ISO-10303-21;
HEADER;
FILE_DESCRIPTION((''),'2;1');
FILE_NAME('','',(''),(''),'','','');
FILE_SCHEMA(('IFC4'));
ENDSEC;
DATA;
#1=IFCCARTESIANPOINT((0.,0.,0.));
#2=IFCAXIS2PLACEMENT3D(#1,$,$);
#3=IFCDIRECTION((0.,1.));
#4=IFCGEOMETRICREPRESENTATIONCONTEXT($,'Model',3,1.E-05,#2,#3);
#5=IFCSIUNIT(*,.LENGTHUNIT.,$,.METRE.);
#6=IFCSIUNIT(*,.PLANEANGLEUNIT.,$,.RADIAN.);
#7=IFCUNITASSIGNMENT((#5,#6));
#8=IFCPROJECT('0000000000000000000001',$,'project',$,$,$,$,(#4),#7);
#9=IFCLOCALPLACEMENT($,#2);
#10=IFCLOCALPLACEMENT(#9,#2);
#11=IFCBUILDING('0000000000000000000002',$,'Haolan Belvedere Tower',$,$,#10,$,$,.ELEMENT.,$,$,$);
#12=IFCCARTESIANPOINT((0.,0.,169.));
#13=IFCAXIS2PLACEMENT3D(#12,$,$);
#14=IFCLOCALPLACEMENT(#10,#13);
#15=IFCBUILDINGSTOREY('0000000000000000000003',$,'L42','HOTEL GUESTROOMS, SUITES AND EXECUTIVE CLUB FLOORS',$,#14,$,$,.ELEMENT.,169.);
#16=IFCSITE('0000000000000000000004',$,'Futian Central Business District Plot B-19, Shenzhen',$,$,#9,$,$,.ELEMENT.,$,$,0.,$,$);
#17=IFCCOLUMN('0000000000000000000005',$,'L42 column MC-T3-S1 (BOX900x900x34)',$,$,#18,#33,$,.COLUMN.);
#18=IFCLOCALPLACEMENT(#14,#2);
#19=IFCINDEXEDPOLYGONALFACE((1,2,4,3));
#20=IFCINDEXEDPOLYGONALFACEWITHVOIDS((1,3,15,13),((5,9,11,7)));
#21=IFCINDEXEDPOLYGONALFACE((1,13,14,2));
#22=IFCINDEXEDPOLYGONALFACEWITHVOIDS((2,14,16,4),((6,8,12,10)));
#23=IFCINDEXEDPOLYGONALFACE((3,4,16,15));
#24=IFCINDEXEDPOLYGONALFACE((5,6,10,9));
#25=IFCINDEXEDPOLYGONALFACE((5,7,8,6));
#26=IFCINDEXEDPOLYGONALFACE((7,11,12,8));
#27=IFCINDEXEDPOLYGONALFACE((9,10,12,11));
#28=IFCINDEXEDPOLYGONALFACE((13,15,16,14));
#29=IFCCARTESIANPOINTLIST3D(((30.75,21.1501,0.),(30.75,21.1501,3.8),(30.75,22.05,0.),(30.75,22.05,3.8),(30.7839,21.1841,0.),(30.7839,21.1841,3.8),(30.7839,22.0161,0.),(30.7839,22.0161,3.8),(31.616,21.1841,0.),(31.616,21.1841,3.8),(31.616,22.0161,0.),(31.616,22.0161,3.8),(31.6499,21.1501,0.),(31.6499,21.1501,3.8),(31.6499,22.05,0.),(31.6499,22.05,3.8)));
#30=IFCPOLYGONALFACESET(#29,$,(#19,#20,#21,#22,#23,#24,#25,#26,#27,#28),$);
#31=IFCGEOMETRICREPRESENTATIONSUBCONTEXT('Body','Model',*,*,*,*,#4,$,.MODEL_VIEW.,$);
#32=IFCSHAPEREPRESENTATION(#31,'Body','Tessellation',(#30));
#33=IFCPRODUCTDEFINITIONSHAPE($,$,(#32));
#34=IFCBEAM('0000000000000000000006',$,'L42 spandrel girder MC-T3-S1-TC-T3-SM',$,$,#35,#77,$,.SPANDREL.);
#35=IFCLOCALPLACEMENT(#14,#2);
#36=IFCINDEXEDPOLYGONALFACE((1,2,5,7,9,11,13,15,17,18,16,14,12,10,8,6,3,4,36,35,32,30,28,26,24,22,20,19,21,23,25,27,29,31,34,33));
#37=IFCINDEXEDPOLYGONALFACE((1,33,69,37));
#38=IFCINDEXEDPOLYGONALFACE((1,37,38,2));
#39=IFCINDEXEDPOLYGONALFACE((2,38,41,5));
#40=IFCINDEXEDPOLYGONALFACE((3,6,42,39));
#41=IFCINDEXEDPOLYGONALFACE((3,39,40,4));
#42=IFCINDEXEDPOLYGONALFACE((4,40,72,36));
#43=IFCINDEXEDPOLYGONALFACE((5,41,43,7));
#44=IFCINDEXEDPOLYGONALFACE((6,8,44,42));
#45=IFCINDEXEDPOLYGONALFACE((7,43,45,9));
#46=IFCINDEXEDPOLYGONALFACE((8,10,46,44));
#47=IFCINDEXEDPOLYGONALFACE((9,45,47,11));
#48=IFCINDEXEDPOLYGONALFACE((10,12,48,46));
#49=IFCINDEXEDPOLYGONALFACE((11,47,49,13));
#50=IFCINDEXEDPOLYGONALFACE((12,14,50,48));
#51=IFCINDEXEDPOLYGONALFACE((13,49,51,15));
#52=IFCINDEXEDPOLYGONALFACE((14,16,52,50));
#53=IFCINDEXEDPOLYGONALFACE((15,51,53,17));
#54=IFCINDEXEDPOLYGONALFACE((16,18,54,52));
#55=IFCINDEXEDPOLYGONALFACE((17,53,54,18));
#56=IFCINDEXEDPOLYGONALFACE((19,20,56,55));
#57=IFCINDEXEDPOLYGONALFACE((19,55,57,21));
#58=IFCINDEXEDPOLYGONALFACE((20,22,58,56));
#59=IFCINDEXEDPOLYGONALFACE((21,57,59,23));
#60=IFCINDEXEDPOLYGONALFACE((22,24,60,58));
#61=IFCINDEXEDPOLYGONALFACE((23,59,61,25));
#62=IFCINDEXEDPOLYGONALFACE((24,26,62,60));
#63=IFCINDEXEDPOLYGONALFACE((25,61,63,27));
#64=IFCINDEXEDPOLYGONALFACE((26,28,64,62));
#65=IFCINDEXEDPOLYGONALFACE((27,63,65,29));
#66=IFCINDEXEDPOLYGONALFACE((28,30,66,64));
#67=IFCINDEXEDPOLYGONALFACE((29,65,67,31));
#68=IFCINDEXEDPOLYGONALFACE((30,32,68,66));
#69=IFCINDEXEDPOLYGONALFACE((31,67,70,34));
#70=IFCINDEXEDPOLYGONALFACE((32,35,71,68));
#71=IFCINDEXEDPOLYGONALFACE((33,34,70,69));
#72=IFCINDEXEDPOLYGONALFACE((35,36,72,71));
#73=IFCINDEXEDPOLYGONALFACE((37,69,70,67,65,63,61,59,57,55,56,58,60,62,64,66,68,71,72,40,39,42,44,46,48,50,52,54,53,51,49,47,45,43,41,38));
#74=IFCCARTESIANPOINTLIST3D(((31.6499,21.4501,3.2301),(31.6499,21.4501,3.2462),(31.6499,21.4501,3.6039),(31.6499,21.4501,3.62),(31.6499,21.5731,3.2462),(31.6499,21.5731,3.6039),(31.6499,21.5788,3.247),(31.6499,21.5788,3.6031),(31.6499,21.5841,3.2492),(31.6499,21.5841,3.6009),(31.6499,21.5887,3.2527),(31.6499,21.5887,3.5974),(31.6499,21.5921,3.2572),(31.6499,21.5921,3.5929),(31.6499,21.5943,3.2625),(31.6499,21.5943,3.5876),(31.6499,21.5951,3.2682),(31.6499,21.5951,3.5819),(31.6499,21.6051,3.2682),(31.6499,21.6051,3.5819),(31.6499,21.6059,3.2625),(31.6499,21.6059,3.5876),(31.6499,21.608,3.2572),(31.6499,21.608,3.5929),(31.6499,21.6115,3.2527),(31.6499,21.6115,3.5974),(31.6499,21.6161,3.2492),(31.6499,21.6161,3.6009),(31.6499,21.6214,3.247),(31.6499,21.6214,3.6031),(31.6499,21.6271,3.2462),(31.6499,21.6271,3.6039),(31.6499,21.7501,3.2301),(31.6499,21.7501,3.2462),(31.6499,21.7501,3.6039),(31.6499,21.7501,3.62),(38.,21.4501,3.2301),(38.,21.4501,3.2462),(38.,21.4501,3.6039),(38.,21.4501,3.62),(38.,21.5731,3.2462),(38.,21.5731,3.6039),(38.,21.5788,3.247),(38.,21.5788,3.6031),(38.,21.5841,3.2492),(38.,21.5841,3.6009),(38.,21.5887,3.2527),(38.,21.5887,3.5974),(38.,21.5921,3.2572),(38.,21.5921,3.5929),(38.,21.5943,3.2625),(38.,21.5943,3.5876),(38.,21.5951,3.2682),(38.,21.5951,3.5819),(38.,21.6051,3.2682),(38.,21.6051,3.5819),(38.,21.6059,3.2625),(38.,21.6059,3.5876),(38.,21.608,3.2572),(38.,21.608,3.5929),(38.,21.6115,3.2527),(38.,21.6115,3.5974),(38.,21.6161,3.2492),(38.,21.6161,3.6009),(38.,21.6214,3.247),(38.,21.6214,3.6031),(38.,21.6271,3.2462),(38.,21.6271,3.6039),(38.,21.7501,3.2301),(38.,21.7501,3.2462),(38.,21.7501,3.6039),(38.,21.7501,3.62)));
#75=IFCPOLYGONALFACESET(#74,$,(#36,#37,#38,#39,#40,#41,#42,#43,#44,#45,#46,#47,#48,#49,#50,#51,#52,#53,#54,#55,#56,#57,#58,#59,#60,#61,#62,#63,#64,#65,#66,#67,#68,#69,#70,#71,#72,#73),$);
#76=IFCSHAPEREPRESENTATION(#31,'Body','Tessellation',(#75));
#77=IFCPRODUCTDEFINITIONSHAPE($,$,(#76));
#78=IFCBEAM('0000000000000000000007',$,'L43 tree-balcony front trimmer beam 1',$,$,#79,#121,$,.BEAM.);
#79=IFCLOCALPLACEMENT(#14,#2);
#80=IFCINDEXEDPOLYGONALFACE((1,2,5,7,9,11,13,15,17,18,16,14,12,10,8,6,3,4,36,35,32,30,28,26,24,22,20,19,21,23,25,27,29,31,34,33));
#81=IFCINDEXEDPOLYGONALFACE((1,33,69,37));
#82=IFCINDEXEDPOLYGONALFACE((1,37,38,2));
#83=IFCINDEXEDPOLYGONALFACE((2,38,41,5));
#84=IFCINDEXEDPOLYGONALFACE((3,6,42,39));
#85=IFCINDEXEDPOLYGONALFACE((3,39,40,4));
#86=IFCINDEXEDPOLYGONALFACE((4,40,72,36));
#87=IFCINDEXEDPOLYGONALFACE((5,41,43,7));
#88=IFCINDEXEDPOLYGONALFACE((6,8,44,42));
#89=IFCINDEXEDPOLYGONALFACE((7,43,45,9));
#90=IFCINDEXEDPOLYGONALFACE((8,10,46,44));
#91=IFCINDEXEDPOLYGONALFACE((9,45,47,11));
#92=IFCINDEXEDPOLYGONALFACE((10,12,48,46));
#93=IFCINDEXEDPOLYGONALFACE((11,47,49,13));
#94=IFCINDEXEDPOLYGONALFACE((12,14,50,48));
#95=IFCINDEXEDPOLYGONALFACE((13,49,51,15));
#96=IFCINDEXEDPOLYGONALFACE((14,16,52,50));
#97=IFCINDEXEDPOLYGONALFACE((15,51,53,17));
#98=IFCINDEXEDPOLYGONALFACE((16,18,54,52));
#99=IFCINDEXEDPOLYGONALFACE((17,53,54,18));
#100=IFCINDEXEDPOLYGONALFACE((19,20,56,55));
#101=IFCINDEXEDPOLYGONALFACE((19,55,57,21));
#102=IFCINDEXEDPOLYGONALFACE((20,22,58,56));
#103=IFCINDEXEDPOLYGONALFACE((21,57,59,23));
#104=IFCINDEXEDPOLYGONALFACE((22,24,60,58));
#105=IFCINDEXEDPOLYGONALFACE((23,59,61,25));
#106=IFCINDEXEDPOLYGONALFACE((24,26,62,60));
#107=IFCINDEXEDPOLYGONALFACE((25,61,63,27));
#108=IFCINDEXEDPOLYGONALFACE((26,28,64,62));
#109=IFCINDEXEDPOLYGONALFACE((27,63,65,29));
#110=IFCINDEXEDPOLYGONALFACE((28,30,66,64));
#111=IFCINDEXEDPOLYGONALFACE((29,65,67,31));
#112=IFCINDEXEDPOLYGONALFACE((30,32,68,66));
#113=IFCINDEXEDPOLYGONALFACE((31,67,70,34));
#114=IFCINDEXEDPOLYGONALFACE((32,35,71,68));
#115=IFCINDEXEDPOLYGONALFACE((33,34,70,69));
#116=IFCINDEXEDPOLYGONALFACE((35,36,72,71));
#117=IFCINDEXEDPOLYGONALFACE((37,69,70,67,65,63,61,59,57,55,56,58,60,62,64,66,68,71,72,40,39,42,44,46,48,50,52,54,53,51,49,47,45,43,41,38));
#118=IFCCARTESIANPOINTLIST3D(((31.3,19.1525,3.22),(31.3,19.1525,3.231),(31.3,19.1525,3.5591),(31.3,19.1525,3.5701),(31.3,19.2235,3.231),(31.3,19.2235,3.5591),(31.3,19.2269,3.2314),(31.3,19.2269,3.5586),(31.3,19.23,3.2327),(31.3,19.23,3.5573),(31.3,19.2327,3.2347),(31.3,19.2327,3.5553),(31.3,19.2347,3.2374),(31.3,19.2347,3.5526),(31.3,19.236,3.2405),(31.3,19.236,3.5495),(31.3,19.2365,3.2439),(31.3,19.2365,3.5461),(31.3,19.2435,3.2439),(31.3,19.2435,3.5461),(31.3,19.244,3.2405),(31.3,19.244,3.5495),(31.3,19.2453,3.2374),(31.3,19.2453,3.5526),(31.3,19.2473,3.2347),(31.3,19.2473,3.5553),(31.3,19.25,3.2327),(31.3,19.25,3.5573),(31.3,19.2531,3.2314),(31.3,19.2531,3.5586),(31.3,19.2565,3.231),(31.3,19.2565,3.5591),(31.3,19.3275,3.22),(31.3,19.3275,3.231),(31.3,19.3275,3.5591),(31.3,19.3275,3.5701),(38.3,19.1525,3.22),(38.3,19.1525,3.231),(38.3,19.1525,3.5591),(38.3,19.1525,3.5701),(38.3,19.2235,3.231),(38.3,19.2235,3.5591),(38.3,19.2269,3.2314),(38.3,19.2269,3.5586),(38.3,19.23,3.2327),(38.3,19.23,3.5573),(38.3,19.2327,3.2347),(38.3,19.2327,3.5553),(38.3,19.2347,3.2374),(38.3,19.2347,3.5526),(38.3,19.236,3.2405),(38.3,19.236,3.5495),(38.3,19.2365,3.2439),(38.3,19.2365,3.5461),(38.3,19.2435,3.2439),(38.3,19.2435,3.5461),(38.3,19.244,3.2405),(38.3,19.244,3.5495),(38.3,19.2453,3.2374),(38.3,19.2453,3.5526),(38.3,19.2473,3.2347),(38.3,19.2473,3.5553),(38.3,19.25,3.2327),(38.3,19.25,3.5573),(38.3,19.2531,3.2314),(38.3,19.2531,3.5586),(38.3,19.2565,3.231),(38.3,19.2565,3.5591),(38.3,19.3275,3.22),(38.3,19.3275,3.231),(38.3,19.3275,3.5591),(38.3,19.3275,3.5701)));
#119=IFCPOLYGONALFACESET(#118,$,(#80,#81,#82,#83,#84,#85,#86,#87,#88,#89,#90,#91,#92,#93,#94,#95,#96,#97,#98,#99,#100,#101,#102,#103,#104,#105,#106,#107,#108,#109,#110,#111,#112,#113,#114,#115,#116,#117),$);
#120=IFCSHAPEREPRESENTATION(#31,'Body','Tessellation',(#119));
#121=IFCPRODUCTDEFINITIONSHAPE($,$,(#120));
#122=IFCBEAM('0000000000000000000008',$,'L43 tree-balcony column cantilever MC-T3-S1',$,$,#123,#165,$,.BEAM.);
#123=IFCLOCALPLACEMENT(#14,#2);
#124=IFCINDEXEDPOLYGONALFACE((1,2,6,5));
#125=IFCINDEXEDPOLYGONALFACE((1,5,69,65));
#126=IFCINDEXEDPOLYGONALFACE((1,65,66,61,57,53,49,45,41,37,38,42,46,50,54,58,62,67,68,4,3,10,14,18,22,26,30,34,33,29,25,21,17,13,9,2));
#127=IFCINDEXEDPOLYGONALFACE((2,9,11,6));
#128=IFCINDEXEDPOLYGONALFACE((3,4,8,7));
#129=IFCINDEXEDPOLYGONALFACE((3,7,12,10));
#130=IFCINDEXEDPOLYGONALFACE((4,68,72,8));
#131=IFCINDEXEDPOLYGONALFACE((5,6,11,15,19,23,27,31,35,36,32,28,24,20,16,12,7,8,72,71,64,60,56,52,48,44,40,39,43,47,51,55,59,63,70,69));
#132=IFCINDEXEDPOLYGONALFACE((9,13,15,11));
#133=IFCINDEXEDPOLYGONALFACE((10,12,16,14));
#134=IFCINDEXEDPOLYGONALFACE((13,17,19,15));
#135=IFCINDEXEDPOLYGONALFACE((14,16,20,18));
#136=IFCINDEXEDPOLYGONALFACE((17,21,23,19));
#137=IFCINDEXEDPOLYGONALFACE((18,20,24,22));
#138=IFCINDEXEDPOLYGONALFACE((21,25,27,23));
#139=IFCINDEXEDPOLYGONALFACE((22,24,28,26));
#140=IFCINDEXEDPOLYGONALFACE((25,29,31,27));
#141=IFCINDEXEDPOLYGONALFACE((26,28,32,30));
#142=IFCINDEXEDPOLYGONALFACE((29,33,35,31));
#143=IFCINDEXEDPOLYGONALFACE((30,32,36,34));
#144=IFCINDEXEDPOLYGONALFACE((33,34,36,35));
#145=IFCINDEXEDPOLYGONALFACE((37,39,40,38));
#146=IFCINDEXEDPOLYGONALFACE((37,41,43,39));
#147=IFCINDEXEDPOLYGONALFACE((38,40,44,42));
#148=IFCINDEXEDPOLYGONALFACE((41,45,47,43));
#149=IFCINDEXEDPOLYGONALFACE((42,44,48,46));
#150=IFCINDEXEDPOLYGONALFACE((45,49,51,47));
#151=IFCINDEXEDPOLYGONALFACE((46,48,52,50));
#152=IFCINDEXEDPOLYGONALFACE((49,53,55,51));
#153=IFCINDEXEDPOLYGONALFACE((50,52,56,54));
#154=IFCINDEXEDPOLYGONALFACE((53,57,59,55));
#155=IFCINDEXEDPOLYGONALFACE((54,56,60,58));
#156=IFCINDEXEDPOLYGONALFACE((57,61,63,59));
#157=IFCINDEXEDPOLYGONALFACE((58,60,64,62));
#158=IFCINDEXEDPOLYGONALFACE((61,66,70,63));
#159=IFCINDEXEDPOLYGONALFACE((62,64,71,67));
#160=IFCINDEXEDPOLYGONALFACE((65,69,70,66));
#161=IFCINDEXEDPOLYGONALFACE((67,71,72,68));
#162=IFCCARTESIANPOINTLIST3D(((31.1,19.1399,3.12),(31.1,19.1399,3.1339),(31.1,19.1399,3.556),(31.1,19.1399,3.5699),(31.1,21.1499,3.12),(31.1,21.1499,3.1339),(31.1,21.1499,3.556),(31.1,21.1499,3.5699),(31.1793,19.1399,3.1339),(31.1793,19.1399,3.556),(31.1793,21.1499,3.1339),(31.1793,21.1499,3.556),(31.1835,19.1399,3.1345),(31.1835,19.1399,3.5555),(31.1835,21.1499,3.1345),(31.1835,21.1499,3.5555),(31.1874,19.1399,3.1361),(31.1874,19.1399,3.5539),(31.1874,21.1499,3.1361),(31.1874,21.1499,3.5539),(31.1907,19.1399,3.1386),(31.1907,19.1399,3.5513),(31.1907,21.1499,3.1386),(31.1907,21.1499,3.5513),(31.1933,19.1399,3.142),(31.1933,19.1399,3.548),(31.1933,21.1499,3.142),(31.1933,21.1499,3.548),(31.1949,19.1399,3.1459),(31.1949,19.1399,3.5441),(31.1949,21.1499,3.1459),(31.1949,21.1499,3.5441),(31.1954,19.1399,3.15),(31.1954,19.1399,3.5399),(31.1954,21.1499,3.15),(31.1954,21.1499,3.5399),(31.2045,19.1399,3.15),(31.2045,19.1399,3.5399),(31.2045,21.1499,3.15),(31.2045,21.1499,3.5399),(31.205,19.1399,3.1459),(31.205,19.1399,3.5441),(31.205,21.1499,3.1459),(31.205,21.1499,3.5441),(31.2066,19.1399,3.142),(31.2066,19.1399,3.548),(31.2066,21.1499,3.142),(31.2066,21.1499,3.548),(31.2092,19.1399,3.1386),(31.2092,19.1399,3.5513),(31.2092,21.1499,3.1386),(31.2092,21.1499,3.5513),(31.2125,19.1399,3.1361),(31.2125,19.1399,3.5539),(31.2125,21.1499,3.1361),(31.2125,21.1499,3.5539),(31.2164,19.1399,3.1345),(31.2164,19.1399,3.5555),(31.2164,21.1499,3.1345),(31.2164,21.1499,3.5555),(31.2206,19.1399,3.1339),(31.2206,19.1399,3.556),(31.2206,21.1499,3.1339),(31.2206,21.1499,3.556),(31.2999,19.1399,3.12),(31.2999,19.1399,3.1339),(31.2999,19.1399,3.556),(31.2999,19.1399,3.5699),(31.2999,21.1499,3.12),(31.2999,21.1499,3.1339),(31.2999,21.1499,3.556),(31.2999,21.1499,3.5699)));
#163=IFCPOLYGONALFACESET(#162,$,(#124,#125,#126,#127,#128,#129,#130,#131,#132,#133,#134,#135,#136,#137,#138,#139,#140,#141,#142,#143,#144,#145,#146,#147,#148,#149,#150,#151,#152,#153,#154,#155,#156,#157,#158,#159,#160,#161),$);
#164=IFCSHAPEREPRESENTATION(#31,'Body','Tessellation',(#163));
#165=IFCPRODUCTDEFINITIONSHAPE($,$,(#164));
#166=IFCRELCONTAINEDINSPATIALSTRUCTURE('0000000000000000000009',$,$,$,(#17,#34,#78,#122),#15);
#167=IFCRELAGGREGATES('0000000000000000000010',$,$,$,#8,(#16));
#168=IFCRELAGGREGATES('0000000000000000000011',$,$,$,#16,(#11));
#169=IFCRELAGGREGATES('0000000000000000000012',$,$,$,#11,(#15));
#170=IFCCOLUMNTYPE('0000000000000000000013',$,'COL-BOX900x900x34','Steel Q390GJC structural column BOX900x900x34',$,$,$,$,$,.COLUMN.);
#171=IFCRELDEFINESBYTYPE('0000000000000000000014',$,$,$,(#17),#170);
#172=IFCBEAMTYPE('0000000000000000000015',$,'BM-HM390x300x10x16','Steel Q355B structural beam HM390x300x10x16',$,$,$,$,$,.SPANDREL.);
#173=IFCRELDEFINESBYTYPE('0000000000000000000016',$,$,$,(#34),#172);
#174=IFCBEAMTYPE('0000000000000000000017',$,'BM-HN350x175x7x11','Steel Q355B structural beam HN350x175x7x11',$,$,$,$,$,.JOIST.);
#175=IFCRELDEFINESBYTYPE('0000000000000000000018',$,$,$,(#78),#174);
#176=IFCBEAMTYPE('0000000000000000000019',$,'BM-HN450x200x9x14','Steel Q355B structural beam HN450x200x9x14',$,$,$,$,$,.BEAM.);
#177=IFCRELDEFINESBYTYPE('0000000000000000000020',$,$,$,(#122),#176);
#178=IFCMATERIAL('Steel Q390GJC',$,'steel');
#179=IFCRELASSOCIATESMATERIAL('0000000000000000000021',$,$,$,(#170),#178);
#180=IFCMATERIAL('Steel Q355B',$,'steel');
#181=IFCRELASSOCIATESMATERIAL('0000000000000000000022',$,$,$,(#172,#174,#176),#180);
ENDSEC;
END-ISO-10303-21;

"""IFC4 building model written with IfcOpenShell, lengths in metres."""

from ifc_helpers import new_model, si_unit, direction, frame, origin, origin_2d, place, context, subcontext, project, spatial, hollow_rectangle, i_section, extrude, material, material_profile, profile_set, type_object, element, save


model = new_model("IFC4")

# Units and contexts
model_context = context("Model", 3, precision=1e-05, world=origin(), true_north=direction((0.0, 1.0)))
body_context = subcontext(model_context, "Body", "Model", "MODEL_VIEW")
ifc_project = project(units=[si_unit("LENGTHUNIT", "METRE"), si_unit("PLANEANGLEUNIT", "RADIAN")], contexts=[model_context])

# Site, building, storey
site_placement = place(None, origin())
site = spatial("IfcSite", under=ifc_project, at=site_placement, Name="Futian Central Business District Plot B-19, Shenzhen", CompositionType="ELEMENT", RefElevation=0.0)
building_placement = place(site_placement, origin())
building = spatial("IfcBuilding", under=site, at=building_placement, Name="Haolan Belvedere Tower", CompositionType="ELEMENT")
storey_placement = place(building_placement, frame((0.0, 0.0, 169.0)))
storey = spatial("IfcBuildingStorey", under=building, at=storey_placement, Name="L42", Description="HOTEL GUESTROOMS, SUITES AND EXECUTIVE CLUB FLOORS", CompositionType="ELEMENT", Elevation=169.0)

# Column
ifc_material_1 = material(Name="Steel Q390GJC", Category="steel")
ifc_material_profile_1 = material_profile(ifc_material_1, hollow_rectangle(XDim=0.8999, YDim=0.8999, WallThickness=0.0339, at=origin_2d()), Name="Steel Q390GJC")
ifc_profile_set_1 = profile_set([ifc_material_profile_1], Name="Steel Q390GJC")
column_type = type_object("IfcColumnType", Name="COL-BOX900x900x34", Description="Steel Q390GJC structural column BOX900x900x34", PredefinedType="COLUMN", material=ifc_profile_set_1)
column_placement = place(storey_placement, frame((31.2, 21.6001, 0.0), z_axis=(0.0, 0.0, 1.0), x_axis=(1.0, 0.0, 0.0)))
element("IfcColumn", 1, at=column_placement, inside=storey, type_object=column_type, Name="L42 column MC-T3-S1 (BOX900x900x34)", PredefinedType="COLUMN", context=body_context, shape_type="SweptSolid", body=[
    extrude(hollow_rectangle(XDim=0.8999, YDim=0.8999, WallThickness=0.0339, at=origin_2d()), origin(), (0.0, 0.0, 1.0), 3.8),
])

# Beams
ifc_material_2 = material(Name="Steel Q355B", Category="steel")
ifc_material_profile_2 = material_profile(ifc_material_2, i_section(OverallWidth=0.3, OverallDepth=0.3899, WebThickness=0.01, FlangeThickness=0.0161, FilletRadius=0.022, at=origin_2d()), Name="Steel Q355B")
ifc_profile_set_2 = profile_set([ifc_material_profile_2], Name="Steel Q355B")
beam_type_1 = type_object("IfcBeamType", Name="BM-HM390x300x10x16", Description="Steel Q355B structural beam HM390x300x10x16", PredefinedType="SPANDREL", material=ifc_profile_set_2)
beam_1_placement = place(storey_placement, frame((31.6499, 21.6001, 3.425), z_axis=(1.0, 0.0, 0.0), x_axis=(0.0, 1.0, 0.0)))
element("IfcBeam", 2, at=beam_1_placement, inside=storey, type_object=beam_type_1, Name="L42 spandrel girder MC-T3-S1-TC-T3-SM", PredefinedType="SPANDREL", context=body_context, shape_type="SweptSolid", body=[
    extrude(i_section(OverallWidth=0.3, OverallDepth=0.3899, WebThickness=0.01, FlangeThickness=0.0161, FilletRadius=0.022, at=origin_2d()), origin(), (0.0, 0.0, 1.0), 6.3501),
])
ifc_material_profile_3 = material_profile(ifc_material_2, i_section(OverallWidth=0.175, OverallDepth=0.3501, WebThickness=0.0071, FlangeThickness=0.011, FilletRadius=0.0129, at=origin_2d()), Name="Steel Q355B")
ifc_profile_set_3 = profile_set([ifc_material_profile_3], Name="Steel Q355B")
beam_type_2 = type_object("IfcBeamType", Name="BM-HN350x175x7x11", Description="Steel Q355B structural beam HN350x175x7x11", PredefinedType="JOIST", material=ifc_profile_set_3)
beam_2_placement = place(storey_placement, frame((31.3, 19.24, 3.395), z_axis=(1.0, 0.0, 0.0), x_axis=(0.0, 1.0, 0.0)))
element("IfcBeam", 3, at=beam_2_placement, inside=storey, type_object=beam_type_2, Name="L43 tree-balcony front trimmer beam 1", PredefinedType="BEAM", context=body_context, shape_type="SweptSolid", body=[
    extrude(i_section(OverallWidth=0.175, OverallDepth=0.3501, WebThickness=0.0071, FlangeThickness=0.011, FilletRadius=0.0129, at=origin_2d()), origin(), (0.0, 0.0, 1.0), 7.0),
])
ifc_material_profile_4 = material_profile(ifc_material_2, i_section(OverallWidth=0.2, OverallDepth=0.45, WebThickness=0.009, FlangeThickness=0.0139, FilletRadius=0.0161, at=origin_2d()), Name="Steel Q355B")
ifc_profile_set_4 = profile_set([ifc_material_profile_4], Name="Steel Q355B")
beam_type_3 = type_object("IfcBeamType", Name="BM-HN450x200x9x14", Description="Steel Q355B structural beam HN450x200x9x14", PredefinedType="BEAM", material=ifc_profile_set_4)
beam_3_placement = place(storey_placement, frame((31.2, 21.1499, 3.345), z_axis=(0.0, -1.0, 0.0), x_axis=(1.0, 0.0, 0.0)))
element("IfcBeam", 4, at=beam_3_placement, inside=storey, type_object=beam_type_3, Name="L43 tree-balcony column cantilever MC-T3-S1", PredefinedType="BEAM", context=body_context, shape_type="SweptSolid", body=[
    extrude(i_section(OverallWidth=0.2, OverallDepth=0.45, WebThickness=0.009, FlangeThickness=0.0139, FilletRadius=0.0161, at=origin_2d()), origin(), (0.0, 0.0, 1.0), 2.01),
])

save(model, "model.ifc")
